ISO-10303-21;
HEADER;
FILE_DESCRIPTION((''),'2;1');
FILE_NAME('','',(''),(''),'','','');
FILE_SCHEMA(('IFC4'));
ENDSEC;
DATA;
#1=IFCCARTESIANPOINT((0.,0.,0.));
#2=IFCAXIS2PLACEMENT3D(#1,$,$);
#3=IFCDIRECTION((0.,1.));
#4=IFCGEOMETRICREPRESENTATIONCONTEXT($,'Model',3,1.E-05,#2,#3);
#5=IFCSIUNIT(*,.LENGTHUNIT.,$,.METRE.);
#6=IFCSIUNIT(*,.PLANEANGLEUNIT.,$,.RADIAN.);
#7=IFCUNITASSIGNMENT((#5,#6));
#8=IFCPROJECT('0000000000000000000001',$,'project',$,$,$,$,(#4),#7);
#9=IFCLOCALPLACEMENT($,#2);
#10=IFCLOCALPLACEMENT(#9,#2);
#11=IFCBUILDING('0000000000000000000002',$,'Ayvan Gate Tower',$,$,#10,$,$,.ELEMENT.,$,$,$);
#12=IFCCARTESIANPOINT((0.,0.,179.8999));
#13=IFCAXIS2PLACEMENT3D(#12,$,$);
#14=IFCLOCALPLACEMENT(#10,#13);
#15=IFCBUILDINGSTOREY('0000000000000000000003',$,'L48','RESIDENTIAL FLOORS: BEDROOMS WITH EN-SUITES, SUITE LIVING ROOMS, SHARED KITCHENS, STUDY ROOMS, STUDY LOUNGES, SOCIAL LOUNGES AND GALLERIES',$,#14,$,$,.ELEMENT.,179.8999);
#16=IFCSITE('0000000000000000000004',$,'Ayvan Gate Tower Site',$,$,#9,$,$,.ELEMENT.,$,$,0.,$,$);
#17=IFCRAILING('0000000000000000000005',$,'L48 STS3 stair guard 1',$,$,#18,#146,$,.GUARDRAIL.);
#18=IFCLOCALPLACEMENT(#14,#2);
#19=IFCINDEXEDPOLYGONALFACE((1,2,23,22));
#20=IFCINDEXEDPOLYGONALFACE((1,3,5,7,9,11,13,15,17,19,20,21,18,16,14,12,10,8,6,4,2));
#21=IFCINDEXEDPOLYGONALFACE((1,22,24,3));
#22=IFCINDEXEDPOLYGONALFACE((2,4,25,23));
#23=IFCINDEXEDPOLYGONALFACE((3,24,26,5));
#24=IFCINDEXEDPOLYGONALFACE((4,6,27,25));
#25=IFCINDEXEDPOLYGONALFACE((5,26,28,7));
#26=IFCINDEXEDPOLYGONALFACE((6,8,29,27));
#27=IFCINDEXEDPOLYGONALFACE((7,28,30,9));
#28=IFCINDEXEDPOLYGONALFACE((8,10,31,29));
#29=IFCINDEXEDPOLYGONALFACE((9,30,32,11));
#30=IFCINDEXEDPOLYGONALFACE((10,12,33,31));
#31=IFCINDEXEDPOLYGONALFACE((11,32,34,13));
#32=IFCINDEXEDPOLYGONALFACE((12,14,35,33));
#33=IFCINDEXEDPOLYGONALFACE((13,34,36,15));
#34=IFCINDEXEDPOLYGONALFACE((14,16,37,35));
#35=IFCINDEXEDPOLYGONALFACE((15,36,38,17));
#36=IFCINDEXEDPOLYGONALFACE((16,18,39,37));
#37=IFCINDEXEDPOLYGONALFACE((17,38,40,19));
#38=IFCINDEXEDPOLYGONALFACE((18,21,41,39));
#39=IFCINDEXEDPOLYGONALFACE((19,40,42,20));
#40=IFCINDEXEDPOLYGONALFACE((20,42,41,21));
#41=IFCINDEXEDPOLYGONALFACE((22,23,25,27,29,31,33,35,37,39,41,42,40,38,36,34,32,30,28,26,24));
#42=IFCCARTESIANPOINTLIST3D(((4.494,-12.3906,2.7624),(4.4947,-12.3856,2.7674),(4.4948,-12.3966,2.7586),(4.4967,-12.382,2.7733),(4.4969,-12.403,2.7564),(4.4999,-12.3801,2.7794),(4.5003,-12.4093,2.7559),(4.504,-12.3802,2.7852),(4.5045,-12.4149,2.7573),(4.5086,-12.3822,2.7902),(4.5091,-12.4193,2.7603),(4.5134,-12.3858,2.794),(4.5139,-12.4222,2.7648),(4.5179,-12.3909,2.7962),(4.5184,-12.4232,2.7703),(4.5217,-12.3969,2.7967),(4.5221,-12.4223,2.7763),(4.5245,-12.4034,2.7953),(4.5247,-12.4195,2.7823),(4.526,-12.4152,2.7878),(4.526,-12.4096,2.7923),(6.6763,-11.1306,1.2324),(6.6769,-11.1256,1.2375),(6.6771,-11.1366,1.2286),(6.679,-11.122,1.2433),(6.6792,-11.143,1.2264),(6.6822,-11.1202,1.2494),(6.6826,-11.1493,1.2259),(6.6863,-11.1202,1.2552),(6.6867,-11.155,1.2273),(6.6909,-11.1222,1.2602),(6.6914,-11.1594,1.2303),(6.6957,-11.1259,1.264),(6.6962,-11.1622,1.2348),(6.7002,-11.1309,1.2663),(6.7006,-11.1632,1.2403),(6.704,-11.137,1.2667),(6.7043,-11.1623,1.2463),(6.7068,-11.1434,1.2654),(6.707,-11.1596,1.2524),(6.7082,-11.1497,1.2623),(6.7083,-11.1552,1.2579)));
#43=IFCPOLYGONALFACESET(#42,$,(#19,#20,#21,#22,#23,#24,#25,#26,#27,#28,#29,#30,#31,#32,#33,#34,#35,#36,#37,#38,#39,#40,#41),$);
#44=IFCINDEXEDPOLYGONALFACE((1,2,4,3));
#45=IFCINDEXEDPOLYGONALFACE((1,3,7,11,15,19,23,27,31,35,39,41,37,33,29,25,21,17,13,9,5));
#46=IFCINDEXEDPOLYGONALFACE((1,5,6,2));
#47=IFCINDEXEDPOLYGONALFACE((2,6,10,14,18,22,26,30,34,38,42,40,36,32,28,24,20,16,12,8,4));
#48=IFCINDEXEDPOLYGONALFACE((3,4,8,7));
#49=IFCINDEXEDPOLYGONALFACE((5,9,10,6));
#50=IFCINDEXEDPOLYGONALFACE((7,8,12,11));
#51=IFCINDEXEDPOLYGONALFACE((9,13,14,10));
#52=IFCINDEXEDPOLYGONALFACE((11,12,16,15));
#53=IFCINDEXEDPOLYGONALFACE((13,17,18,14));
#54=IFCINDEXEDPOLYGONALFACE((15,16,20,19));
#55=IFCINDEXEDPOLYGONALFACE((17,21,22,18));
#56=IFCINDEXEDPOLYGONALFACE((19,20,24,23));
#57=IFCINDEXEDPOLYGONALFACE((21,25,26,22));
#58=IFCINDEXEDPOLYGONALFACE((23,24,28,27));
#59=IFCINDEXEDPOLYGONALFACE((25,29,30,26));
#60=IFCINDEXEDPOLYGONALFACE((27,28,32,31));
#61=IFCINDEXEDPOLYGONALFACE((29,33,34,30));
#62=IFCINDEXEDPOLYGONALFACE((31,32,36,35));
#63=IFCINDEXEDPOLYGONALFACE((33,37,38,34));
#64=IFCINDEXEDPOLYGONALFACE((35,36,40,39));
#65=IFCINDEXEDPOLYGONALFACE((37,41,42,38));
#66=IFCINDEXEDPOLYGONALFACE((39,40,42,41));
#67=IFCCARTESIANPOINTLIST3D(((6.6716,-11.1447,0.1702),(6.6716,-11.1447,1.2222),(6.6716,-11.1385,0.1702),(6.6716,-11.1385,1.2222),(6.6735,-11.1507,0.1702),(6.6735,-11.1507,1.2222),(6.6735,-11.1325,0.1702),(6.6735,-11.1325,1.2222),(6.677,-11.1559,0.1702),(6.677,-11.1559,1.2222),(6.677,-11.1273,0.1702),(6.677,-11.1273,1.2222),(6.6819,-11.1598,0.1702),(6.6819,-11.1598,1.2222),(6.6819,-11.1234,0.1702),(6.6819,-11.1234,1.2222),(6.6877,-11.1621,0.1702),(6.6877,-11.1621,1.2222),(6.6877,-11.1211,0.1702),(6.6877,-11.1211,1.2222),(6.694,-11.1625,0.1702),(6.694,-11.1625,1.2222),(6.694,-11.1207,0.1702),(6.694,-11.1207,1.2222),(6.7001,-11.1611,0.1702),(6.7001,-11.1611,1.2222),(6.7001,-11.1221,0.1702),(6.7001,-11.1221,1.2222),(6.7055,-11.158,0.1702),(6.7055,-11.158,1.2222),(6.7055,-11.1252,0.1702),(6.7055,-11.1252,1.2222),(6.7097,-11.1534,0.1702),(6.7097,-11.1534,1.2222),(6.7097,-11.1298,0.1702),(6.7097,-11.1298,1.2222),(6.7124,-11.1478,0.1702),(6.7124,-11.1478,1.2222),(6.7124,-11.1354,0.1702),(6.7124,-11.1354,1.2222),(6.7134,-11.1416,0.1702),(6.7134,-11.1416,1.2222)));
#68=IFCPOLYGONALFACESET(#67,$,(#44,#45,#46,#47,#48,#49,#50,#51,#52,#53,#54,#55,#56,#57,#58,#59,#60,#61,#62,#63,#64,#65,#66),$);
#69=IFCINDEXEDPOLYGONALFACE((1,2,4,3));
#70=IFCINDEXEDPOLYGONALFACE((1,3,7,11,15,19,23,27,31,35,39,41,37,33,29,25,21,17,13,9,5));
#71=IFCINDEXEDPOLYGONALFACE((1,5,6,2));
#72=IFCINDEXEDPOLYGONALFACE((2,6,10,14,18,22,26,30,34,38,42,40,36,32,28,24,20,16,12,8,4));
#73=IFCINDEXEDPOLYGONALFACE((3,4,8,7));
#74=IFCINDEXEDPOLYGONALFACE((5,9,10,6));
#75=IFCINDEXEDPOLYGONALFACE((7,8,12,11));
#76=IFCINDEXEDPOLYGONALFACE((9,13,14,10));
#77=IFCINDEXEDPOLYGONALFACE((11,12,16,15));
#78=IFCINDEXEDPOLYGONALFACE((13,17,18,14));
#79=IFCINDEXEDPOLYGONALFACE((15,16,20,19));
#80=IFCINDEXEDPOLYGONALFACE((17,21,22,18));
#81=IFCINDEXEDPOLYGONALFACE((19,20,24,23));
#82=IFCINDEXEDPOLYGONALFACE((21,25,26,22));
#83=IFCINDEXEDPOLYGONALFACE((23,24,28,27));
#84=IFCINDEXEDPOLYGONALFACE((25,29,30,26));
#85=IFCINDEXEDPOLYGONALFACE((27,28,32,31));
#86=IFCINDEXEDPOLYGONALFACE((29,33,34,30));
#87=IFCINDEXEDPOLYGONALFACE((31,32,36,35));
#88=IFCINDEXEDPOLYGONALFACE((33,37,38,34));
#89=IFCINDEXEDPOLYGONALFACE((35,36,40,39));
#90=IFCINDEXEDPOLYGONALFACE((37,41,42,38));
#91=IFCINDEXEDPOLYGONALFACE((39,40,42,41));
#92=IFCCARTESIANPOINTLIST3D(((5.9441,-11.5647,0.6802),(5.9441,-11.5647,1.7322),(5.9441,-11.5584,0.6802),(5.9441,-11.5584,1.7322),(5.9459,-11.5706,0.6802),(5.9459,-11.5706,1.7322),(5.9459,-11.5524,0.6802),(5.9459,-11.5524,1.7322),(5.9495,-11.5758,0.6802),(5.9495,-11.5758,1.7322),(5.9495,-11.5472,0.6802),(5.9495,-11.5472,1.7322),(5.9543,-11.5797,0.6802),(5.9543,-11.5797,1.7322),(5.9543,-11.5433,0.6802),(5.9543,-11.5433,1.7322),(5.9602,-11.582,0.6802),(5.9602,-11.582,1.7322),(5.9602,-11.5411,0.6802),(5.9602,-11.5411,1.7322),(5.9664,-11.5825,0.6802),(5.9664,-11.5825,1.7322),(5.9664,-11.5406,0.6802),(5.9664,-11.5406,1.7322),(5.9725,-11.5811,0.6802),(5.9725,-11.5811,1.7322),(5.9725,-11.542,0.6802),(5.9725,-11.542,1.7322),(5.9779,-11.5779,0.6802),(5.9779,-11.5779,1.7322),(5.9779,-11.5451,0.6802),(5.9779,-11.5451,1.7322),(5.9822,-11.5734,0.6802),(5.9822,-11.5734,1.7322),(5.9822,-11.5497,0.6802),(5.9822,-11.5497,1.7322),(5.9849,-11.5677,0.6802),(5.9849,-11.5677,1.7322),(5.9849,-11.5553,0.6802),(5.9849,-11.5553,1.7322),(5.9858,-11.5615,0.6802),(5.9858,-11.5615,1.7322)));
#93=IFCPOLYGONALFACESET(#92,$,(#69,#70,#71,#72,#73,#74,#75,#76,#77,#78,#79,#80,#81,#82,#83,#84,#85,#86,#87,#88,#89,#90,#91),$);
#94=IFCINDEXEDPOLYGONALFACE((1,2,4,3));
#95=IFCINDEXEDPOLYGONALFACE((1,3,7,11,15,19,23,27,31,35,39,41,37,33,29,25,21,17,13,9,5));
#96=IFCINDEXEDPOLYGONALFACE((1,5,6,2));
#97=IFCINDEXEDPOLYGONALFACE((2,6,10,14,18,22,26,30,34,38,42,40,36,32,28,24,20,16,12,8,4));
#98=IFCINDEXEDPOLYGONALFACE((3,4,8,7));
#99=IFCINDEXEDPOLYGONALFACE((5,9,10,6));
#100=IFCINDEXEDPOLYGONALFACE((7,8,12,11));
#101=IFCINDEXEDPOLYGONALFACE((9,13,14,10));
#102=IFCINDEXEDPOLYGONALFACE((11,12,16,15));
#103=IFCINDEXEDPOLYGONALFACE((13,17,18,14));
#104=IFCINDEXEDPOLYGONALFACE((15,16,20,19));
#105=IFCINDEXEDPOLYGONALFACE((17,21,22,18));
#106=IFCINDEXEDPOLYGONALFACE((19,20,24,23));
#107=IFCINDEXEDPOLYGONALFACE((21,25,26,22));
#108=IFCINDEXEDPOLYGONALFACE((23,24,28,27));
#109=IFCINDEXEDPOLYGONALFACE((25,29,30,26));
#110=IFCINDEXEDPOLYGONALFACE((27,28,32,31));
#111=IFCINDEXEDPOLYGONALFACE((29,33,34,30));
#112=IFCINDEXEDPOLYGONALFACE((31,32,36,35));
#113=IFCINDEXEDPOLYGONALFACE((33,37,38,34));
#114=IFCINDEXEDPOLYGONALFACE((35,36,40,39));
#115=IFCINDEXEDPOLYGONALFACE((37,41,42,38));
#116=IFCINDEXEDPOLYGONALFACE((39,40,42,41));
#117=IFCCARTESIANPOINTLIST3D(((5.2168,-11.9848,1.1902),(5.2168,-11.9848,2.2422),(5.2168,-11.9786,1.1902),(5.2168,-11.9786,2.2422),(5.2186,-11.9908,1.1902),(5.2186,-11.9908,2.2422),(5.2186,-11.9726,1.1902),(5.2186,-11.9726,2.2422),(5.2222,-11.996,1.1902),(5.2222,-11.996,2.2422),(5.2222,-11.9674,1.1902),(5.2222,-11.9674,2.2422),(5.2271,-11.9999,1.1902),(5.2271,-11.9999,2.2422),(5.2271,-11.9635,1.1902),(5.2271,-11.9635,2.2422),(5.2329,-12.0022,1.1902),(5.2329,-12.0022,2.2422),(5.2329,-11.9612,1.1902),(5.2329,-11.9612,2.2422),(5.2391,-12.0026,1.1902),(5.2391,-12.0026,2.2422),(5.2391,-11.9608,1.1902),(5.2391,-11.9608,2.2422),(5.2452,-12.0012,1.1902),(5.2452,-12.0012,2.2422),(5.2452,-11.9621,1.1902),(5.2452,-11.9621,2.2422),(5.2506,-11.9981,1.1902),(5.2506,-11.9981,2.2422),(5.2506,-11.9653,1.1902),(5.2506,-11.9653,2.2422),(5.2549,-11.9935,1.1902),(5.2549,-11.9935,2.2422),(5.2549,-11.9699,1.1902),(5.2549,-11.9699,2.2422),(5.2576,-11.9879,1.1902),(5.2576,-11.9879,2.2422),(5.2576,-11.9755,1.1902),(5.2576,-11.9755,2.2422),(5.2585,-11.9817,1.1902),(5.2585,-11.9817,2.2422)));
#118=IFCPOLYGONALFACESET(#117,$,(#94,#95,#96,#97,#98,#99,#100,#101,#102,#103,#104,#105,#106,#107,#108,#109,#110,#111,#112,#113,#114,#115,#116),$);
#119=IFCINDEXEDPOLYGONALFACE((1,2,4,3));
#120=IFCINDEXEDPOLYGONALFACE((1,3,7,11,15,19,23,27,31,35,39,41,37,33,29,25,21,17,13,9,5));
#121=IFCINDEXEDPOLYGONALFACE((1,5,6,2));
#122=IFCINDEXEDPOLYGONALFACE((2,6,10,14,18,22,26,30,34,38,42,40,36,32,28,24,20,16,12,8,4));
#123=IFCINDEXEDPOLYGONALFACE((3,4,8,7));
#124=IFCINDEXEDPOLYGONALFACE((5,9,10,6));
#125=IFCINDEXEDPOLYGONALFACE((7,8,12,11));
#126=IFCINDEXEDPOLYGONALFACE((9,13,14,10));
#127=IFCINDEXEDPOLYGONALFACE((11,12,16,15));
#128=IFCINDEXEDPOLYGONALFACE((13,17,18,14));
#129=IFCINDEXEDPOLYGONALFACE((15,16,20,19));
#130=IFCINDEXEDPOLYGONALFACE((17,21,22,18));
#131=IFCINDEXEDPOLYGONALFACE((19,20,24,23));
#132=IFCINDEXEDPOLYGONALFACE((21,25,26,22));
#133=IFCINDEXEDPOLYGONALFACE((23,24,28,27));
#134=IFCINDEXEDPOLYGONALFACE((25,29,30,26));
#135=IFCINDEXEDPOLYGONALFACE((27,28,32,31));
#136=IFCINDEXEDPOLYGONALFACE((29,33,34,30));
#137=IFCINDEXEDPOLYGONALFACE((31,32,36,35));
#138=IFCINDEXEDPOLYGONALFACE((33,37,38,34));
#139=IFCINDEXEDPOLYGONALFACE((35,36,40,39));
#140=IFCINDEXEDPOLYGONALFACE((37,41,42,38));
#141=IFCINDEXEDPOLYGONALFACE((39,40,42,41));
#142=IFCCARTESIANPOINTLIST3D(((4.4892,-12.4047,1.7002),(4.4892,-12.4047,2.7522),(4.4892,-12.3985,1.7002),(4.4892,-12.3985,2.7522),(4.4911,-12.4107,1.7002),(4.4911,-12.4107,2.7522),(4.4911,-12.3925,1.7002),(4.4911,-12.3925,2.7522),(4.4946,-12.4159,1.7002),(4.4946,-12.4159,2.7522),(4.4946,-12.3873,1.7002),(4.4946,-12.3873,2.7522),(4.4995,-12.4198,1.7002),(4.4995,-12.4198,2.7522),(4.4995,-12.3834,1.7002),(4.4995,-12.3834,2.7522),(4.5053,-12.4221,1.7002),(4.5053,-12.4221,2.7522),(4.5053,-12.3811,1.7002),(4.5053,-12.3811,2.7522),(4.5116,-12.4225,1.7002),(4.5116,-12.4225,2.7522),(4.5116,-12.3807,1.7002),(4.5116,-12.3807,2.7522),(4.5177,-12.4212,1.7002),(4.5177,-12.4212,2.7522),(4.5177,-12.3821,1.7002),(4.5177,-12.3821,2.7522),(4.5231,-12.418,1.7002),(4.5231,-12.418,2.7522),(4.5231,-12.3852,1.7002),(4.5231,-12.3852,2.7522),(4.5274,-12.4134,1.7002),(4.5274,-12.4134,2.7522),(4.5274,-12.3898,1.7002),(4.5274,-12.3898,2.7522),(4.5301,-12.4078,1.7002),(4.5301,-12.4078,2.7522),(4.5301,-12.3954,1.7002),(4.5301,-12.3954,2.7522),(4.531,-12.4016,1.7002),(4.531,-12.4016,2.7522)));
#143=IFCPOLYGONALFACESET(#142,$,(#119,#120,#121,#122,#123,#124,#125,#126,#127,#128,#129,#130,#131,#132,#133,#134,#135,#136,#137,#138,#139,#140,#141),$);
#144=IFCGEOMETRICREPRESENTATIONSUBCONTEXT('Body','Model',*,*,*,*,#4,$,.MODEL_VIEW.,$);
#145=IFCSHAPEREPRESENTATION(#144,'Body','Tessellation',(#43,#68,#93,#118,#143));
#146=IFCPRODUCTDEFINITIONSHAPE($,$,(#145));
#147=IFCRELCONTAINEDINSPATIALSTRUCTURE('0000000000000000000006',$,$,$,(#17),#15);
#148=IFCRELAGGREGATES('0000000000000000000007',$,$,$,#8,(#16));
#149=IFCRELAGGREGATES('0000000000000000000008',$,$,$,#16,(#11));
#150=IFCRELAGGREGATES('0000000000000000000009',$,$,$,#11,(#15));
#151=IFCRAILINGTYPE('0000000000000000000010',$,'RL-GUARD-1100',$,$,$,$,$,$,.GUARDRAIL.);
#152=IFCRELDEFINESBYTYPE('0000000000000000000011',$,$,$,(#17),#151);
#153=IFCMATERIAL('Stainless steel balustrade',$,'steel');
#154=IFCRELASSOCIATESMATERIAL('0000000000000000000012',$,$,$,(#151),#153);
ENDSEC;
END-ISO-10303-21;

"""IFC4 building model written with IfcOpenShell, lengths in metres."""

from ifc_helpers import new_model, si_unit, direction, frame, origin, origin_2d, place, context, subcontext, project, spatial, circle, extrude, material, type_object, element, save


model = new_model("IFC4")

# Units and contexts
model_context = context("Model", 3, precision=1e-05, world=origin(), true_north=direction((0.0, 1.0)))
body_context = subcontext(model_context, "Body", "Model", "MODEL_VIEW")
ifc_project = project(units=[si_unit("LENGTHUNIT", "METRE"), si_unit("PLANEANGLEUNIT", "RADIAN")], contexts=[model_context])

# Site, building, storey
site_placement = place(None, origin())
site = spatial("IfcSite", under=ifc_project, at=site_placement, Name="Ayvan Gate Tower Site", CompositionType="ELEMENT", RefElevation=0.0)
building_placement = place(site_placement, origin())
building = spatial("IfcBuilding", under=site, at=building_placement, Name="Ayvan Gate Tower", CompositionType="ELEMENT")
storey_placement = place(building_placement, frame((0.0, 0.0, 179.8999)))
storey = spatial("IfcBuildingStorey", under=building, at=storey_placement, Name="L48", Description="RESIDENTIAL FLOORS: BEDROOMS WITH EN-SUITES, SUITE LIVING ROOMS, SHARED KITCHENS, STUDY ROOMS, STUDY LOUNGES, SOCIAL LOUNGES AND GALLERIES", CompositionType="ELEMENT", Elevation=179.8999)

# Railing
ifc_material_1 = material(Name="Stainless steel balustrade", Category="steel")
railing_type_1 = type_object("IfcRailingType", Name="RL-GUARD-1100", PredefinedType="GUARDRAIL", material=ifc_material_1)
railing_1_placement = place(storey_placement, frame((6.6924, -11.1416, 0.1702)))
element("IfcRailing", 1, at=railing_1_placement, inside=storey, type_object=railing_type_1, Name="L48 STS3 stair guard 1", PredefinedType="GUARDRAIL", context=body_context, shape_type="SweptSolid", body=[
    extrude(circle(Radius=0.0239, at=origin_2d()), frame((0.0, 0.0, 1.0762), z_axis=(-0.740261, -0.427395, 0.518986), x_axis=(0.500005, -0.866023, 0.0)), (0.0, 0.0, 1.0), 2.948),
    extrude(circle(Radius=0.021, at=origin_2d()), origin(), (0.0, 0.0, 1.0), 1.052),
    extrude(circle(Radius=0.021, at=origin_2d()), frame((-0.7275, -0.4199, 0.51)), (0.0, 0.0, 1.0), 1.052),
    extrude(circle(Radius=0.021, at=origin_2d()), frame((-1.4548, -0.8401, 1.02)), (0.0, 0.0, 1.0), 1.052),
    extrude(circle(Radius=0.021, at=origin_2d()), frame((-2.1824, -1.26, 1.53)), (0.0, 0.0, 1.0), 1.052),
])

save(model, "model.ifc")
